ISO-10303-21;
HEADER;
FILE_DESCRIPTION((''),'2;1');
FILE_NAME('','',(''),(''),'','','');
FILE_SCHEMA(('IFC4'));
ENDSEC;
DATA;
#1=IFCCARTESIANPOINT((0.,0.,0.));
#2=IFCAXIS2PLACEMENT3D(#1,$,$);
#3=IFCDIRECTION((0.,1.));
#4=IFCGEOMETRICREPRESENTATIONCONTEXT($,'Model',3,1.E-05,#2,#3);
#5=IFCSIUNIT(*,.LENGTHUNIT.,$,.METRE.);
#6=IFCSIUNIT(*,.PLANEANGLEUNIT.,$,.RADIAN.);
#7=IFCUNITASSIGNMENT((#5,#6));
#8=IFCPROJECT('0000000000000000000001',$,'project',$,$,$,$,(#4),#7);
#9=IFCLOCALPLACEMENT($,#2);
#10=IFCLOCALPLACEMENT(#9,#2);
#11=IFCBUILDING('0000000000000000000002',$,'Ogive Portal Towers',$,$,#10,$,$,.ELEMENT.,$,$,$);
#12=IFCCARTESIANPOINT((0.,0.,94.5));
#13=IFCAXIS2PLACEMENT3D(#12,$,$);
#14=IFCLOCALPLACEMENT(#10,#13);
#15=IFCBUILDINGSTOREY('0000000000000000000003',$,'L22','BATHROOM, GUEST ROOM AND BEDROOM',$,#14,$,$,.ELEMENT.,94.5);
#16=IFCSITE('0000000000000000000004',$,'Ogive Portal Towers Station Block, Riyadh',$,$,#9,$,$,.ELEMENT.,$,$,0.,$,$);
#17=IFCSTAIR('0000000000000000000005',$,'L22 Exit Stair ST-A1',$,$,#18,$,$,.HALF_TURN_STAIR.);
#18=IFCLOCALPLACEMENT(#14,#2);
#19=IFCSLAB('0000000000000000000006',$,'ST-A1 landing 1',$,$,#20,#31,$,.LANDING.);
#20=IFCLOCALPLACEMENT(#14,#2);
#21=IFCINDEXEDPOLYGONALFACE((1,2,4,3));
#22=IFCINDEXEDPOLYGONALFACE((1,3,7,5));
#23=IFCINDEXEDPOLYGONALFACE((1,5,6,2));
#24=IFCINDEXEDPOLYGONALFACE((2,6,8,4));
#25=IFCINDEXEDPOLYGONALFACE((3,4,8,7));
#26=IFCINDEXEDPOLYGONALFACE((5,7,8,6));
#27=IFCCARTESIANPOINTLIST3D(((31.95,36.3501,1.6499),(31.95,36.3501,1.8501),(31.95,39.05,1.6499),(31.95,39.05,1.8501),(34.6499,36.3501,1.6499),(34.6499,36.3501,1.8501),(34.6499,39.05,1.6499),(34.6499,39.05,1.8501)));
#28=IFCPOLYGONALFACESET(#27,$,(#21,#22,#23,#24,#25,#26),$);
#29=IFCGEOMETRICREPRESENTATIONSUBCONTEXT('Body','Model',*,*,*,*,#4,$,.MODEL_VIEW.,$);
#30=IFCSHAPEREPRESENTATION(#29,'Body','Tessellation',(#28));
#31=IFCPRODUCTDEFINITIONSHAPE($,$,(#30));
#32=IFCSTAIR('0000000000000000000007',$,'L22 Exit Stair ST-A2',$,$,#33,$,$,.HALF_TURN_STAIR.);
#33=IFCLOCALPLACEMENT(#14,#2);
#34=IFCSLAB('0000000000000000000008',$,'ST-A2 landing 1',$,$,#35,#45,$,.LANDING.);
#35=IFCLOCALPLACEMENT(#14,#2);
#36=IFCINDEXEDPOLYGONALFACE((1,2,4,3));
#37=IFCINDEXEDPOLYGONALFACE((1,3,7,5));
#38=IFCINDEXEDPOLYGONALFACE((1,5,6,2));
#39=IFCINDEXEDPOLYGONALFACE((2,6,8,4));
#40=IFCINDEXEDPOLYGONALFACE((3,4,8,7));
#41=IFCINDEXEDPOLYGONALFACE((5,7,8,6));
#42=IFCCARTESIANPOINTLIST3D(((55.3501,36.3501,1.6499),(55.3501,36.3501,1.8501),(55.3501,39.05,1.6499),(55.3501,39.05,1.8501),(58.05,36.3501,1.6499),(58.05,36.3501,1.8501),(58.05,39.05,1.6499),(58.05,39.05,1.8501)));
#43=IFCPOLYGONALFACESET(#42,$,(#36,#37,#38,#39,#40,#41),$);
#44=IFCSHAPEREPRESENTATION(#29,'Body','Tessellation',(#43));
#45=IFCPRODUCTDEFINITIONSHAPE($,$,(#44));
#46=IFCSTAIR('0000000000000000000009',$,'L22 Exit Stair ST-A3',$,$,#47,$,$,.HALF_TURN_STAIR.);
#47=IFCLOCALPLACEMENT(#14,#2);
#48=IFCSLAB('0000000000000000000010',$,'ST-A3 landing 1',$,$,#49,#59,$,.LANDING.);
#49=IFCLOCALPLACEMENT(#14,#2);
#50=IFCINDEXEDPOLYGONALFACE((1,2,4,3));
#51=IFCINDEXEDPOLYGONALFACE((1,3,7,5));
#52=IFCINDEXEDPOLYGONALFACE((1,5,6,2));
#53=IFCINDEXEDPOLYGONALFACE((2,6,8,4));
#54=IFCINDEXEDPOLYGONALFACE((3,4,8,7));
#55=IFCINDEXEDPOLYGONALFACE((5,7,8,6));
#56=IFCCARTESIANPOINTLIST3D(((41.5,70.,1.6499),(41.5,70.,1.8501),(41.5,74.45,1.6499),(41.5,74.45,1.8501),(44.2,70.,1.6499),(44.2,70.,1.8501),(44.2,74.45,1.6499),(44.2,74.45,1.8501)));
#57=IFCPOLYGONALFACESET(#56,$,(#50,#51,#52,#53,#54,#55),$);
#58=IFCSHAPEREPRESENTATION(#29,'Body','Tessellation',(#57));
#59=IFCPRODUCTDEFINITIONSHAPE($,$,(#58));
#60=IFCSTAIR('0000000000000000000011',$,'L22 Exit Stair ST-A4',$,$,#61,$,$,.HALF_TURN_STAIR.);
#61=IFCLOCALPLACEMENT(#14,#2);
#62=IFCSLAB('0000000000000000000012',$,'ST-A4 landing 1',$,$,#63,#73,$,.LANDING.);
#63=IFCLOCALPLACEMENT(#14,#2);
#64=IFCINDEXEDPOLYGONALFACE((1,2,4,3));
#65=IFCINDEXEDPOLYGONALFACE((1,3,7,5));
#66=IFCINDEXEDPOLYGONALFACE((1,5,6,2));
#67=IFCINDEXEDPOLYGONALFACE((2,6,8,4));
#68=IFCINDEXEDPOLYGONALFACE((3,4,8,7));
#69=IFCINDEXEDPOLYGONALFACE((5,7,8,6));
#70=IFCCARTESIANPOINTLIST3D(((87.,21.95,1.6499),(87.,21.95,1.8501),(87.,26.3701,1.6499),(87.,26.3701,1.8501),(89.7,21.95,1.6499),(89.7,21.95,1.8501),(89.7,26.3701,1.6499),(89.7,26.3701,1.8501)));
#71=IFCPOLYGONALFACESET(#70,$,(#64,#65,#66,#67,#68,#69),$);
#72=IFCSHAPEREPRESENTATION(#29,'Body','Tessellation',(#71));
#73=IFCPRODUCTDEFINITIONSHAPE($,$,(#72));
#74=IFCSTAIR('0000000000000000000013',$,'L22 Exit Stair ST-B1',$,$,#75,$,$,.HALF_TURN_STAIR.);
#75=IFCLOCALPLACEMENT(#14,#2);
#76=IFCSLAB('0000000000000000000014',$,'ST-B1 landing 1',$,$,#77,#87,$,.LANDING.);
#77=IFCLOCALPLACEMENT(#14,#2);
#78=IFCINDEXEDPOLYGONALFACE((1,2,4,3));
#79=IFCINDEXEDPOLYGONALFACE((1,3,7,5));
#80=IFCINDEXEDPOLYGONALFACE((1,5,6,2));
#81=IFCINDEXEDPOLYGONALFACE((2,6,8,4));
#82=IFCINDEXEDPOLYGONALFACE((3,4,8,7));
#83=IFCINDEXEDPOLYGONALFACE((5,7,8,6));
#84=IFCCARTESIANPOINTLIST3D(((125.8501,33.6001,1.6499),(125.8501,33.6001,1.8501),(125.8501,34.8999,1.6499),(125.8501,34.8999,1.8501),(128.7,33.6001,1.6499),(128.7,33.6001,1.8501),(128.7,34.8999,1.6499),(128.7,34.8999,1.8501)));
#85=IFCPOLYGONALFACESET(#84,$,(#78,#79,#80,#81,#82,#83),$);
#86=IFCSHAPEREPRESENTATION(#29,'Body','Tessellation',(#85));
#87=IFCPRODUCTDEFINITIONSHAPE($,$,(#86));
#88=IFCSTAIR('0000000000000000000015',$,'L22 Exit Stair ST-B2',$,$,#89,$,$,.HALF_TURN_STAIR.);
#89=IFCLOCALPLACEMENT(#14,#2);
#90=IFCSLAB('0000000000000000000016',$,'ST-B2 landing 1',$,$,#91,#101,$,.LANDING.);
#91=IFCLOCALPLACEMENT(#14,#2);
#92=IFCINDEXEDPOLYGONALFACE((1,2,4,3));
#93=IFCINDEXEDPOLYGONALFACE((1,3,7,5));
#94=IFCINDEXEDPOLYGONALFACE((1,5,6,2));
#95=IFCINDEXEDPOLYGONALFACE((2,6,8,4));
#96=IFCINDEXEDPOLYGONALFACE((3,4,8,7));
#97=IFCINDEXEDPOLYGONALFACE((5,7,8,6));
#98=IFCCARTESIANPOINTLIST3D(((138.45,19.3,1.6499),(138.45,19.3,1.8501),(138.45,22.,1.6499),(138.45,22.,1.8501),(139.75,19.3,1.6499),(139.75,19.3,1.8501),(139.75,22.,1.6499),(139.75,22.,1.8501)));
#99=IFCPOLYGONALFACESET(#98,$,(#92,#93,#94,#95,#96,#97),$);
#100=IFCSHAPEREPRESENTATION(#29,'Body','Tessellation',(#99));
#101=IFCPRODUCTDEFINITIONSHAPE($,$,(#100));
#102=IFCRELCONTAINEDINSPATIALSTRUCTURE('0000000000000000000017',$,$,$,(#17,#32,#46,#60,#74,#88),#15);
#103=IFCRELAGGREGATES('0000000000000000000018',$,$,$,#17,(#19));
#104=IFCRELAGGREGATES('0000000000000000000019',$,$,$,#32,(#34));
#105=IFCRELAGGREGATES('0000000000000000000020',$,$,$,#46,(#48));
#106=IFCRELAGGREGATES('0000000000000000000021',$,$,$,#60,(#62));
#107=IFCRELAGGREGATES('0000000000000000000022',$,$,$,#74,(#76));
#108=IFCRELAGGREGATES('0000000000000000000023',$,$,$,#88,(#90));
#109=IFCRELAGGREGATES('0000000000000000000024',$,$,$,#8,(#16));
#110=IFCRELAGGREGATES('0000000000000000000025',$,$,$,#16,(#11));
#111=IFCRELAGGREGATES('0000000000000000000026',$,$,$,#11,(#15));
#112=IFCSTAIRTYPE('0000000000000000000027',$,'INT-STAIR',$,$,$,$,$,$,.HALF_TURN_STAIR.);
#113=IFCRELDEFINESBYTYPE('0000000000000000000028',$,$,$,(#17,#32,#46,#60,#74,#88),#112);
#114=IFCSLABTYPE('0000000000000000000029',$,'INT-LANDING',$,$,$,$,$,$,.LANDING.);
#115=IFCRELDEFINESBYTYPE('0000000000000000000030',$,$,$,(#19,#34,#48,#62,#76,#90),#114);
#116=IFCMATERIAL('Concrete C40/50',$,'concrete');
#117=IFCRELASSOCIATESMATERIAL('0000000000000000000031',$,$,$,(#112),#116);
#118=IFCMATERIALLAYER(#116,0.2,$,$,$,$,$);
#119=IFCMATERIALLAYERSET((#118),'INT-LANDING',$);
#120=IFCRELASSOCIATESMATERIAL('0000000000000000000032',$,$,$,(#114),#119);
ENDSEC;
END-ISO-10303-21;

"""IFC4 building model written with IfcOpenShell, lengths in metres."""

from ifc_helpers import new_model, si_unit, direction, frame, origin, place, context, subcontext, project, spatial, polyline, outline, extrude, material, layer, layer_set, type_object, element, aggregate, save


model = new_model("IFC4")

# Units and contexts
model_context = context("Model", 3, precision=1e-05, world=origin(), true_north=direction((0.0, 1.0)))
body_context = subcontext(model_context, "Body", "Model", "MODEL_VIEW")
ifc_project = project(units=[si_unit("LENGTHUNIT", "METRE"), si_unit("PLANEANGLEUNIT", "RADIAN")], contexts=[model_context])

# Site, building, storey
site_placement = place(None, origin())
site = spatial("IfcSite", under=ifc_project, at=site_placement, Name="Ogive Portal Towers Station Block, Riyadh", CompositionType="ELEMENT", RefElevation=0.0)
building_placement = place(site_placement, origin())
building = spatial("IfcBuilding", under=site, at=building_placement, Name="Ogive Portal Towers", CompositionType="ELEMENT")
storey_placement = place(building_placement, frame((0.0, 0.0, 94.5)))
storey = spatial("IfcBuildingStorey", under=building, at=storey_placement, Name="L22", Description="BATHROOM, GUEST ROOM AND BEDROOM", CompositionType="ELEMENT", Elevation=94.5)

# Stairs, slabs
ifc_material_1 = material(Name="Concrete C40/50", Category="concrete")
stair_type = type_object("IfcStairType", Name="INT-STAIR", PredefinedType="HALF_TURN_STAIR", material=ifc_material_1)
stair_1_placement = place(storey_placement, origin())
stair_1 = element("IfcStair", 1, at=stair_1_placement, inside=storey, type_object=stair_type, Name="L22 Exit Stair ST-A1", PredefinedType="HALF_TURN_STAIR")
ifc_layer_1 = layer(ifc_material_1, 0.2)
ifc_layer_set_1 = layer_set([ifc_layer_1], Name="INT-LANDING")
slab_type_1 = type_object("IfcSlabType", Name="INT-LANDING", PredefinedType="LANDING", material=ifc_layer_set_1)
slab_1_placement = place(storey_placement, frame((0.0, 0.0, 1.6499)))
slab_1 = element("IfcSlab", 2, at=slab_1_placement, type_object=slab_type_1, Name="ST-A1 landing 1", PredefinedType="LANDING", context=body_context, shape_type="SweptSolid", body=[
    extrude(outline(polyline([(34.6499, 39.05), (31.95, 39.05), (31.95, 36.3501), (34.6499, 36.3501), (34.6499, 39.05)])), origin(), (0.0, 0.0, 1.0), 0.2002),
])
aggregate(stair_1, [slab_1])
stair_2_placement = place(storey_placement, origin())
stair_2 = element("IfcStair", 3, at=stair_2_placement, inside=storey, type_object=stair_type, Name="L22 Exit Stair ST-A2", PredefinedType="HALF_TURN_STAIR")
slab_2_placement = place(storey_placement, frame((0.0, 0.0, 1.6499)))
slab_2 = element("IfcSlab", 4, at=slab_2_placement, type_object=slab_type_1, Name="ST-A2 landing 1", PredefinedType="LANDING", context=body_context, shape_type="SweptSolid", body=[
    extrude(outline(polyline([(55.3501, 36.3501), (58.05, 36.3501), (58.05, 39.05), (55.3501, 39.05), (55.3501, 36.3501)])), origin(), (0.0, 0.0, 1.0), 0.2002),
])
aggregate(stair_2, [slab_2])
stair_3_placement = place(storey_placement, origin())
stair_3 = element("IfcStair", 5, at=stair_3_placement, inside=storey, type_object=stair_type, Name="L22 Exit Stair ST-A3", PredefinedType="HALF_TURN_STAIR")
slab_3_placement = place(storey_placement, frame((0.0, 0.0, 1.6499)))
slab_3 = element("IfcSlab", 6, at=slab_3_placement, type_object=slab_type_1, Name="ST-A3 landing 1", PredefinedType="LANDING", context=body_context, shape_type="SweptSolid", body=[
    extrude(outline(polyline([(44.2, 70.0), (44.2, 74.45), (41.5, 74.45), (41.5, 70.0), (44.2, 70.0)])), origin(), (0.0, 0.0, 1.0), 0.2002),
])
aggregate(stair_3, [slab_3])
stair_4_placement = place(storey_placement, origin())
stair_4 = element("IfcStair", 7, at=stair_4_placement, inside=storey, type_object=stair_type, Name="L22 Exit Stair ST-A4", PredefinedType="HALF_TURN_STAIR")
slab_4_placement = place(storey_placement, frame((0.0, 0.0, 1.6499)))
slab_4 = element("IfcSlab", 8, at=slab_4_placement, type_object=slab_type_1, Name="ST-A4 landing 1", PredefinedType="LANDING", context=body_context, shape_type="SweptSolid", body=[
    extrude(outline(polyline([(87.0, 26.3701), (87.0, 21.95), (89.7, 21.95), (89.7, 26.3701), (87.0, 26.3701)])), origin(), (0.0, 0.0, 1.0), 0.2002),
])
aggregate(stair_4, [slab_4])
stair_5_placement = place(storey_placement, origin())
stair_5 = element("IfcStair", 9, at=stair_5_placement, inside=storey, type_object=stair_type, Name="L22 Exit Stair ST-B1", PredefinedType="HALF_TURN_STAIR")
slab_5_placement = place(storey_placement, frame((0.0, 0.0, 1.6499)))
slab_5 = element("IfcSlab", 10, at=slab_5_placement, type_object=slab_type_1, Name="ST-B1 landing 1", PredefinedType="LANDING", context=body_context, shape_type="SweptSolid", body=[
    extrude(outline(polyline([(128.7, 33.6001), (128.7, 34.8999), (125.8501, 34.8999), (125.8501, 33.6001), (128.7, 33.6001)])), origin(), (0.0, 0.0, 1.0), 0.2002),
])
aggregate(stair_5, [slab_5])
stair_6_placement = place(storey_placement, origin())
stair_6 = element("IfcStair", 11, at=stair_6_placement, inside=storey, type_object=stair_type, Name="L22 Exit Stair ST-B2", PredefinedType="HALF_TURN_STAIR")
slab_6_placement = place(storey_placement, frame((0.0, 0.0, 1.6499)))
slab_6 = element("IfcSlab", 12, at=slab_6_placement, type_object=slab_type_1, Name="ST-B2 landing 1", PredefinedType="LANDING", context=body_context, shape_type="SweptSolid", body=[
    extrude(outline(polyline([(139.75, 22.0), (138.45, 22.0), (138.45, 19.3), (139.75, 19.3), (139.75, 22.0)])), origin(), (0.0, 0.0, 1.0), 0.2002),
])
aggregate(stair_6, [slab_6])

save(model, "model.ifc")
